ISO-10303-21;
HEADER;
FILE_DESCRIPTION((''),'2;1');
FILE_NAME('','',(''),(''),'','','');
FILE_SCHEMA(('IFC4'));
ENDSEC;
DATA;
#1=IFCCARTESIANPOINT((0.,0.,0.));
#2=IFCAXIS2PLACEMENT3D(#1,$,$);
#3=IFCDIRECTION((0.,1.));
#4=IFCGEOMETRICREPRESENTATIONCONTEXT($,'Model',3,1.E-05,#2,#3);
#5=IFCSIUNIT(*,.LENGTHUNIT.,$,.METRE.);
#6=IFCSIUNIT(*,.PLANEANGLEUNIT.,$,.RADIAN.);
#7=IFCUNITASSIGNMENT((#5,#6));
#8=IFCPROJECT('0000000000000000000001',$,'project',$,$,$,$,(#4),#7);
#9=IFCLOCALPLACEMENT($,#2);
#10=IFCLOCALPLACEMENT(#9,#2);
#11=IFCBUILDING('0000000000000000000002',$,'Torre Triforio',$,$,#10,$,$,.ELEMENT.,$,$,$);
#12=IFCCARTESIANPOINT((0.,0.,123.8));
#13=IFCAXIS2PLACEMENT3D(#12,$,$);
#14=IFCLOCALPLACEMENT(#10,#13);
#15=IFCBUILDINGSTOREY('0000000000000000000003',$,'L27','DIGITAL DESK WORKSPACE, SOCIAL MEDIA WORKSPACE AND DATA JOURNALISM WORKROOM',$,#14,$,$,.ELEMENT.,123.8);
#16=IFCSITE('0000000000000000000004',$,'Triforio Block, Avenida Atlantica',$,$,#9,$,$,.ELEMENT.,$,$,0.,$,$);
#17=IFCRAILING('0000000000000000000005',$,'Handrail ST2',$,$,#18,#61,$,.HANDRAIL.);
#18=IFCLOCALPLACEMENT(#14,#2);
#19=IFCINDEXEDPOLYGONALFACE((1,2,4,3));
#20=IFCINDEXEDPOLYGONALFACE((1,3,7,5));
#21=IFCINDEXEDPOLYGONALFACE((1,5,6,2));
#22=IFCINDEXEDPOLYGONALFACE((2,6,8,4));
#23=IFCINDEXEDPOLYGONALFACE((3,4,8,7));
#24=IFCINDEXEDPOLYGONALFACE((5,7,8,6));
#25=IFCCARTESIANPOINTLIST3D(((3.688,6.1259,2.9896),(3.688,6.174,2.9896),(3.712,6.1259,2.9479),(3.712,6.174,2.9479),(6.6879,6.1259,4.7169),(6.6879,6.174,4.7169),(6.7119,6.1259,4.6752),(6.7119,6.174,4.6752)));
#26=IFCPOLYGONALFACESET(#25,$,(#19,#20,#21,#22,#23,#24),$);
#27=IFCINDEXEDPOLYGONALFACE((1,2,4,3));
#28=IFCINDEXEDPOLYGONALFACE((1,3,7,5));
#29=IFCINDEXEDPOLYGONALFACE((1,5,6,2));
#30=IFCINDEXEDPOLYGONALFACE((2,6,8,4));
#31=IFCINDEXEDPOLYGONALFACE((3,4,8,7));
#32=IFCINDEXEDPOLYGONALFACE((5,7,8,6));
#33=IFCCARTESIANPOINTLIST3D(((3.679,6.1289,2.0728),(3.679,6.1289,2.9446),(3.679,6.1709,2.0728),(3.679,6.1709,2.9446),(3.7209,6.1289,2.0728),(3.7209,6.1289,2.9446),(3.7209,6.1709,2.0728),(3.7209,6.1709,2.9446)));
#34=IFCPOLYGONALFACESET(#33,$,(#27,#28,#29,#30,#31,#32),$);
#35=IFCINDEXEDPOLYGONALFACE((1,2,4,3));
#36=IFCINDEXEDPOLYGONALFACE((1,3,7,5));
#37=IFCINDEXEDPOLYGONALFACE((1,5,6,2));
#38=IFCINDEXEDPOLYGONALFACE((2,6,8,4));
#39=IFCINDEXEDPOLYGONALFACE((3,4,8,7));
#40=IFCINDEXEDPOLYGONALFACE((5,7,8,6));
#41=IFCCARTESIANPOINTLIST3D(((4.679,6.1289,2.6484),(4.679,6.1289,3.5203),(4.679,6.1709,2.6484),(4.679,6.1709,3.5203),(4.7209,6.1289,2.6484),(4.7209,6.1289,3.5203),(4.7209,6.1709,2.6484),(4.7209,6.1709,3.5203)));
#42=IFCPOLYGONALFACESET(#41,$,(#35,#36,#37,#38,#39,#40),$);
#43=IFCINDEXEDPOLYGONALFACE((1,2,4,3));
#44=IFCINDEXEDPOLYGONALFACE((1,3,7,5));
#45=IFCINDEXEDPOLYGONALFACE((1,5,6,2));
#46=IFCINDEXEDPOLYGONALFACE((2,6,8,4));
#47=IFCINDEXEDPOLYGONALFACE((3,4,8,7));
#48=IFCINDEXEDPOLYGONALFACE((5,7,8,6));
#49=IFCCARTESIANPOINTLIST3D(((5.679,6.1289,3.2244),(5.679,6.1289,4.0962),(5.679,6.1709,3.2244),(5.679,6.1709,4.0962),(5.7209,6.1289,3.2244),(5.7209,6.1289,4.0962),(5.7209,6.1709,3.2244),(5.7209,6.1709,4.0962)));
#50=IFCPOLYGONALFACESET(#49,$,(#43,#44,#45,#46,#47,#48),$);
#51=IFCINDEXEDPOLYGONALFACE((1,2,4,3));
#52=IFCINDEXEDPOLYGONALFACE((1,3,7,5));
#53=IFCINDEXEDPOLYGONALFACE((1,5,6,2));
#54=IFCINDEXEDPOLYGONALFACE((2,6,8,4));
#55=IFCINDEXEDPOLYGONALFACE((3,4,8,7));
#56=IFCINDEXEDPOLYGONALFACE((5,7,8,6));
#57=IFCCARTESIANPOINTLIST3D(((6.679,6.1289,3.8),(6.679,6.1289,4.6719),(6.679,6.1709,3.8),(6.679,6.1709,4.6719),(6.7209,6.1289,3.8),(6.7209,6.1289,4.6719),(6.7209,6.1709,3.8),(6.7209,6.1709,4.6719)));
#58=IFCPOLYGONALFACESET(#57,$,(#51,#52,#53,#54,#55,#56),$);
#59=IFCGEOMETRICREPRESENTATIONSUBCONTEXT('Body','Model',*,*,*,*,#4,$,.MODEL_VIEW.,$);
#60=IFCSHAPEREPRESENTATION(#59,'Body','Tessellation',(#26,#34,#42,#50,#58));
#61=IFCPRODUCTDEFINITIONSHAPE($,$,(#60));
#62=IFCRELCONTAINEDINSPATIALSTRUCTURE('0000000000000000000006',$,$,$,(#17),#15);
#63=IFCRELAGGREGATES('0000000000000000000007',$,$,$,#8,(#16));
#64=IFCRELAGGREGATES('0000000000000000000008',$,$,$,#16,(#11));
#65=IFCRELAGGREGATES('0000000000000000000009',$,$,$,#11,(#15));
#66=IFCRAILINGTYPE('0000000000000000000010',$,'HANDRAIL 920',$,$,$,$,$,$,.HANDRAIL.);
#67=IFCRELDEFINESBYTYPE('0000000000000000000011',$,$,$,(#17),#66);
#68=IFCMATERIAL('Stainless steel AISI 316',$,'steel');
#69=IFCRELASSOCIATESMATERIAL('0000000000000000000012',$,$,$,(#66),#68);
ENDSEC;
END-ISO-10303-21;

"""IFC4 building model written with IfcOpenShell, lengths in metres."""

from ifc_helpers import new_model, si_unit, direction, frame, origin, origin_2d, place, context, subcontext, project, spatial, rectangle, extrude, material, type_object, element, save


model = new_model("IFC4")

# Units and contexts
model_context = context("Model", 3, precision=1e-05, world=origin(), true_north=direction((0.0, 1.0)))
body_context = subcontext(model_context, "Body", "Model", "MODEL_VIEW")
ifc_project = project(units=[si_unit("LENGTHUNIT", "METRE"), si_unit("PLANEANGLEUNIT", "RADIAN")], contexts=[model_context])

# Site, building, storey
site_placement = place(None, origin())
site = spatial("IfcSite", under=ifc_project, at=site_placement, Name="Triforio Block, Avenida Atlantica", CompositionType="ELEMENT", RefElevation=0.0)
building_placement = place(site_placement, origin())
building = spatial("IfcBuilding", under=site, at=building_placement, Name="Torre Triforio", CompositionType="ELEMENT")
storey_placement = place(building_placement, frame((0.0, 0.0, 123.8)))
storey = spatial("IfcBuildingStorey", under=building, at=storey_placement, Name="L27", Description="DIGITAL DESK WORKSPACE, SOCIAL MEDIA WORKSPACE AND DATA JOURNALISM WORKROOM", CompositionType="ELEMENT", Elevation=123.8)

# Railing
ifc_material_1 = material(Name="Stainless steel AISI 316", Category="steel")
railing_type = type_object("IfcRailingType", Name="HANDRAIL 920", PredefinedType="HANDRAIL", material=ifc_material_1)
railing_placement = place(storey_placement, frame((3.7, 6.1499, 2.0728)))
element("IfcRailing", 1, at=railing_placement, inside=storey, type_object=railing_type, Name="Handrail ST2", PredefinedType="HANDRAIL", context=body_context, shape_type="SweptSolid", body=[
    extrude(rectangle(XDim=0.0481, YDim=0.0481, at=origin_2d()), frame((0.0, 0.0, 0.896), z_axis=(0.86662, 0.0, 0.498969), x_axis=(0.0, 1.0, 0.0)), (0.0, 0.0, 1.0), 3.4617),
    extrude(rectangle(XDim=0.042, YDim=0.042, at=origin_2d()), origin(), (0.0, 0.0, 1.0), 0.8718),
    extrude(rectangle(XDim=0.042, YDim=0.042, at=origin_2d()), frame((1.0, 0.0, 0.5757)), (0.0, 0.0, 1.0), 0.8718),
    extrude(rectangle(XDim=0.042, YDim=0.042, at=origin_2d()), frame((2.0, 0.0, 1.1516)), (0.0, 0.0, 1.0), 0.8718),
    extrude(rectangle(XDim=0.042, YDim=0.042, at=origin_2d()), frame((3.0, 0.0, 1.7273)), (0.0, 0.0, 1.0), 0.8718),
])

save(model, "model.ifc")
